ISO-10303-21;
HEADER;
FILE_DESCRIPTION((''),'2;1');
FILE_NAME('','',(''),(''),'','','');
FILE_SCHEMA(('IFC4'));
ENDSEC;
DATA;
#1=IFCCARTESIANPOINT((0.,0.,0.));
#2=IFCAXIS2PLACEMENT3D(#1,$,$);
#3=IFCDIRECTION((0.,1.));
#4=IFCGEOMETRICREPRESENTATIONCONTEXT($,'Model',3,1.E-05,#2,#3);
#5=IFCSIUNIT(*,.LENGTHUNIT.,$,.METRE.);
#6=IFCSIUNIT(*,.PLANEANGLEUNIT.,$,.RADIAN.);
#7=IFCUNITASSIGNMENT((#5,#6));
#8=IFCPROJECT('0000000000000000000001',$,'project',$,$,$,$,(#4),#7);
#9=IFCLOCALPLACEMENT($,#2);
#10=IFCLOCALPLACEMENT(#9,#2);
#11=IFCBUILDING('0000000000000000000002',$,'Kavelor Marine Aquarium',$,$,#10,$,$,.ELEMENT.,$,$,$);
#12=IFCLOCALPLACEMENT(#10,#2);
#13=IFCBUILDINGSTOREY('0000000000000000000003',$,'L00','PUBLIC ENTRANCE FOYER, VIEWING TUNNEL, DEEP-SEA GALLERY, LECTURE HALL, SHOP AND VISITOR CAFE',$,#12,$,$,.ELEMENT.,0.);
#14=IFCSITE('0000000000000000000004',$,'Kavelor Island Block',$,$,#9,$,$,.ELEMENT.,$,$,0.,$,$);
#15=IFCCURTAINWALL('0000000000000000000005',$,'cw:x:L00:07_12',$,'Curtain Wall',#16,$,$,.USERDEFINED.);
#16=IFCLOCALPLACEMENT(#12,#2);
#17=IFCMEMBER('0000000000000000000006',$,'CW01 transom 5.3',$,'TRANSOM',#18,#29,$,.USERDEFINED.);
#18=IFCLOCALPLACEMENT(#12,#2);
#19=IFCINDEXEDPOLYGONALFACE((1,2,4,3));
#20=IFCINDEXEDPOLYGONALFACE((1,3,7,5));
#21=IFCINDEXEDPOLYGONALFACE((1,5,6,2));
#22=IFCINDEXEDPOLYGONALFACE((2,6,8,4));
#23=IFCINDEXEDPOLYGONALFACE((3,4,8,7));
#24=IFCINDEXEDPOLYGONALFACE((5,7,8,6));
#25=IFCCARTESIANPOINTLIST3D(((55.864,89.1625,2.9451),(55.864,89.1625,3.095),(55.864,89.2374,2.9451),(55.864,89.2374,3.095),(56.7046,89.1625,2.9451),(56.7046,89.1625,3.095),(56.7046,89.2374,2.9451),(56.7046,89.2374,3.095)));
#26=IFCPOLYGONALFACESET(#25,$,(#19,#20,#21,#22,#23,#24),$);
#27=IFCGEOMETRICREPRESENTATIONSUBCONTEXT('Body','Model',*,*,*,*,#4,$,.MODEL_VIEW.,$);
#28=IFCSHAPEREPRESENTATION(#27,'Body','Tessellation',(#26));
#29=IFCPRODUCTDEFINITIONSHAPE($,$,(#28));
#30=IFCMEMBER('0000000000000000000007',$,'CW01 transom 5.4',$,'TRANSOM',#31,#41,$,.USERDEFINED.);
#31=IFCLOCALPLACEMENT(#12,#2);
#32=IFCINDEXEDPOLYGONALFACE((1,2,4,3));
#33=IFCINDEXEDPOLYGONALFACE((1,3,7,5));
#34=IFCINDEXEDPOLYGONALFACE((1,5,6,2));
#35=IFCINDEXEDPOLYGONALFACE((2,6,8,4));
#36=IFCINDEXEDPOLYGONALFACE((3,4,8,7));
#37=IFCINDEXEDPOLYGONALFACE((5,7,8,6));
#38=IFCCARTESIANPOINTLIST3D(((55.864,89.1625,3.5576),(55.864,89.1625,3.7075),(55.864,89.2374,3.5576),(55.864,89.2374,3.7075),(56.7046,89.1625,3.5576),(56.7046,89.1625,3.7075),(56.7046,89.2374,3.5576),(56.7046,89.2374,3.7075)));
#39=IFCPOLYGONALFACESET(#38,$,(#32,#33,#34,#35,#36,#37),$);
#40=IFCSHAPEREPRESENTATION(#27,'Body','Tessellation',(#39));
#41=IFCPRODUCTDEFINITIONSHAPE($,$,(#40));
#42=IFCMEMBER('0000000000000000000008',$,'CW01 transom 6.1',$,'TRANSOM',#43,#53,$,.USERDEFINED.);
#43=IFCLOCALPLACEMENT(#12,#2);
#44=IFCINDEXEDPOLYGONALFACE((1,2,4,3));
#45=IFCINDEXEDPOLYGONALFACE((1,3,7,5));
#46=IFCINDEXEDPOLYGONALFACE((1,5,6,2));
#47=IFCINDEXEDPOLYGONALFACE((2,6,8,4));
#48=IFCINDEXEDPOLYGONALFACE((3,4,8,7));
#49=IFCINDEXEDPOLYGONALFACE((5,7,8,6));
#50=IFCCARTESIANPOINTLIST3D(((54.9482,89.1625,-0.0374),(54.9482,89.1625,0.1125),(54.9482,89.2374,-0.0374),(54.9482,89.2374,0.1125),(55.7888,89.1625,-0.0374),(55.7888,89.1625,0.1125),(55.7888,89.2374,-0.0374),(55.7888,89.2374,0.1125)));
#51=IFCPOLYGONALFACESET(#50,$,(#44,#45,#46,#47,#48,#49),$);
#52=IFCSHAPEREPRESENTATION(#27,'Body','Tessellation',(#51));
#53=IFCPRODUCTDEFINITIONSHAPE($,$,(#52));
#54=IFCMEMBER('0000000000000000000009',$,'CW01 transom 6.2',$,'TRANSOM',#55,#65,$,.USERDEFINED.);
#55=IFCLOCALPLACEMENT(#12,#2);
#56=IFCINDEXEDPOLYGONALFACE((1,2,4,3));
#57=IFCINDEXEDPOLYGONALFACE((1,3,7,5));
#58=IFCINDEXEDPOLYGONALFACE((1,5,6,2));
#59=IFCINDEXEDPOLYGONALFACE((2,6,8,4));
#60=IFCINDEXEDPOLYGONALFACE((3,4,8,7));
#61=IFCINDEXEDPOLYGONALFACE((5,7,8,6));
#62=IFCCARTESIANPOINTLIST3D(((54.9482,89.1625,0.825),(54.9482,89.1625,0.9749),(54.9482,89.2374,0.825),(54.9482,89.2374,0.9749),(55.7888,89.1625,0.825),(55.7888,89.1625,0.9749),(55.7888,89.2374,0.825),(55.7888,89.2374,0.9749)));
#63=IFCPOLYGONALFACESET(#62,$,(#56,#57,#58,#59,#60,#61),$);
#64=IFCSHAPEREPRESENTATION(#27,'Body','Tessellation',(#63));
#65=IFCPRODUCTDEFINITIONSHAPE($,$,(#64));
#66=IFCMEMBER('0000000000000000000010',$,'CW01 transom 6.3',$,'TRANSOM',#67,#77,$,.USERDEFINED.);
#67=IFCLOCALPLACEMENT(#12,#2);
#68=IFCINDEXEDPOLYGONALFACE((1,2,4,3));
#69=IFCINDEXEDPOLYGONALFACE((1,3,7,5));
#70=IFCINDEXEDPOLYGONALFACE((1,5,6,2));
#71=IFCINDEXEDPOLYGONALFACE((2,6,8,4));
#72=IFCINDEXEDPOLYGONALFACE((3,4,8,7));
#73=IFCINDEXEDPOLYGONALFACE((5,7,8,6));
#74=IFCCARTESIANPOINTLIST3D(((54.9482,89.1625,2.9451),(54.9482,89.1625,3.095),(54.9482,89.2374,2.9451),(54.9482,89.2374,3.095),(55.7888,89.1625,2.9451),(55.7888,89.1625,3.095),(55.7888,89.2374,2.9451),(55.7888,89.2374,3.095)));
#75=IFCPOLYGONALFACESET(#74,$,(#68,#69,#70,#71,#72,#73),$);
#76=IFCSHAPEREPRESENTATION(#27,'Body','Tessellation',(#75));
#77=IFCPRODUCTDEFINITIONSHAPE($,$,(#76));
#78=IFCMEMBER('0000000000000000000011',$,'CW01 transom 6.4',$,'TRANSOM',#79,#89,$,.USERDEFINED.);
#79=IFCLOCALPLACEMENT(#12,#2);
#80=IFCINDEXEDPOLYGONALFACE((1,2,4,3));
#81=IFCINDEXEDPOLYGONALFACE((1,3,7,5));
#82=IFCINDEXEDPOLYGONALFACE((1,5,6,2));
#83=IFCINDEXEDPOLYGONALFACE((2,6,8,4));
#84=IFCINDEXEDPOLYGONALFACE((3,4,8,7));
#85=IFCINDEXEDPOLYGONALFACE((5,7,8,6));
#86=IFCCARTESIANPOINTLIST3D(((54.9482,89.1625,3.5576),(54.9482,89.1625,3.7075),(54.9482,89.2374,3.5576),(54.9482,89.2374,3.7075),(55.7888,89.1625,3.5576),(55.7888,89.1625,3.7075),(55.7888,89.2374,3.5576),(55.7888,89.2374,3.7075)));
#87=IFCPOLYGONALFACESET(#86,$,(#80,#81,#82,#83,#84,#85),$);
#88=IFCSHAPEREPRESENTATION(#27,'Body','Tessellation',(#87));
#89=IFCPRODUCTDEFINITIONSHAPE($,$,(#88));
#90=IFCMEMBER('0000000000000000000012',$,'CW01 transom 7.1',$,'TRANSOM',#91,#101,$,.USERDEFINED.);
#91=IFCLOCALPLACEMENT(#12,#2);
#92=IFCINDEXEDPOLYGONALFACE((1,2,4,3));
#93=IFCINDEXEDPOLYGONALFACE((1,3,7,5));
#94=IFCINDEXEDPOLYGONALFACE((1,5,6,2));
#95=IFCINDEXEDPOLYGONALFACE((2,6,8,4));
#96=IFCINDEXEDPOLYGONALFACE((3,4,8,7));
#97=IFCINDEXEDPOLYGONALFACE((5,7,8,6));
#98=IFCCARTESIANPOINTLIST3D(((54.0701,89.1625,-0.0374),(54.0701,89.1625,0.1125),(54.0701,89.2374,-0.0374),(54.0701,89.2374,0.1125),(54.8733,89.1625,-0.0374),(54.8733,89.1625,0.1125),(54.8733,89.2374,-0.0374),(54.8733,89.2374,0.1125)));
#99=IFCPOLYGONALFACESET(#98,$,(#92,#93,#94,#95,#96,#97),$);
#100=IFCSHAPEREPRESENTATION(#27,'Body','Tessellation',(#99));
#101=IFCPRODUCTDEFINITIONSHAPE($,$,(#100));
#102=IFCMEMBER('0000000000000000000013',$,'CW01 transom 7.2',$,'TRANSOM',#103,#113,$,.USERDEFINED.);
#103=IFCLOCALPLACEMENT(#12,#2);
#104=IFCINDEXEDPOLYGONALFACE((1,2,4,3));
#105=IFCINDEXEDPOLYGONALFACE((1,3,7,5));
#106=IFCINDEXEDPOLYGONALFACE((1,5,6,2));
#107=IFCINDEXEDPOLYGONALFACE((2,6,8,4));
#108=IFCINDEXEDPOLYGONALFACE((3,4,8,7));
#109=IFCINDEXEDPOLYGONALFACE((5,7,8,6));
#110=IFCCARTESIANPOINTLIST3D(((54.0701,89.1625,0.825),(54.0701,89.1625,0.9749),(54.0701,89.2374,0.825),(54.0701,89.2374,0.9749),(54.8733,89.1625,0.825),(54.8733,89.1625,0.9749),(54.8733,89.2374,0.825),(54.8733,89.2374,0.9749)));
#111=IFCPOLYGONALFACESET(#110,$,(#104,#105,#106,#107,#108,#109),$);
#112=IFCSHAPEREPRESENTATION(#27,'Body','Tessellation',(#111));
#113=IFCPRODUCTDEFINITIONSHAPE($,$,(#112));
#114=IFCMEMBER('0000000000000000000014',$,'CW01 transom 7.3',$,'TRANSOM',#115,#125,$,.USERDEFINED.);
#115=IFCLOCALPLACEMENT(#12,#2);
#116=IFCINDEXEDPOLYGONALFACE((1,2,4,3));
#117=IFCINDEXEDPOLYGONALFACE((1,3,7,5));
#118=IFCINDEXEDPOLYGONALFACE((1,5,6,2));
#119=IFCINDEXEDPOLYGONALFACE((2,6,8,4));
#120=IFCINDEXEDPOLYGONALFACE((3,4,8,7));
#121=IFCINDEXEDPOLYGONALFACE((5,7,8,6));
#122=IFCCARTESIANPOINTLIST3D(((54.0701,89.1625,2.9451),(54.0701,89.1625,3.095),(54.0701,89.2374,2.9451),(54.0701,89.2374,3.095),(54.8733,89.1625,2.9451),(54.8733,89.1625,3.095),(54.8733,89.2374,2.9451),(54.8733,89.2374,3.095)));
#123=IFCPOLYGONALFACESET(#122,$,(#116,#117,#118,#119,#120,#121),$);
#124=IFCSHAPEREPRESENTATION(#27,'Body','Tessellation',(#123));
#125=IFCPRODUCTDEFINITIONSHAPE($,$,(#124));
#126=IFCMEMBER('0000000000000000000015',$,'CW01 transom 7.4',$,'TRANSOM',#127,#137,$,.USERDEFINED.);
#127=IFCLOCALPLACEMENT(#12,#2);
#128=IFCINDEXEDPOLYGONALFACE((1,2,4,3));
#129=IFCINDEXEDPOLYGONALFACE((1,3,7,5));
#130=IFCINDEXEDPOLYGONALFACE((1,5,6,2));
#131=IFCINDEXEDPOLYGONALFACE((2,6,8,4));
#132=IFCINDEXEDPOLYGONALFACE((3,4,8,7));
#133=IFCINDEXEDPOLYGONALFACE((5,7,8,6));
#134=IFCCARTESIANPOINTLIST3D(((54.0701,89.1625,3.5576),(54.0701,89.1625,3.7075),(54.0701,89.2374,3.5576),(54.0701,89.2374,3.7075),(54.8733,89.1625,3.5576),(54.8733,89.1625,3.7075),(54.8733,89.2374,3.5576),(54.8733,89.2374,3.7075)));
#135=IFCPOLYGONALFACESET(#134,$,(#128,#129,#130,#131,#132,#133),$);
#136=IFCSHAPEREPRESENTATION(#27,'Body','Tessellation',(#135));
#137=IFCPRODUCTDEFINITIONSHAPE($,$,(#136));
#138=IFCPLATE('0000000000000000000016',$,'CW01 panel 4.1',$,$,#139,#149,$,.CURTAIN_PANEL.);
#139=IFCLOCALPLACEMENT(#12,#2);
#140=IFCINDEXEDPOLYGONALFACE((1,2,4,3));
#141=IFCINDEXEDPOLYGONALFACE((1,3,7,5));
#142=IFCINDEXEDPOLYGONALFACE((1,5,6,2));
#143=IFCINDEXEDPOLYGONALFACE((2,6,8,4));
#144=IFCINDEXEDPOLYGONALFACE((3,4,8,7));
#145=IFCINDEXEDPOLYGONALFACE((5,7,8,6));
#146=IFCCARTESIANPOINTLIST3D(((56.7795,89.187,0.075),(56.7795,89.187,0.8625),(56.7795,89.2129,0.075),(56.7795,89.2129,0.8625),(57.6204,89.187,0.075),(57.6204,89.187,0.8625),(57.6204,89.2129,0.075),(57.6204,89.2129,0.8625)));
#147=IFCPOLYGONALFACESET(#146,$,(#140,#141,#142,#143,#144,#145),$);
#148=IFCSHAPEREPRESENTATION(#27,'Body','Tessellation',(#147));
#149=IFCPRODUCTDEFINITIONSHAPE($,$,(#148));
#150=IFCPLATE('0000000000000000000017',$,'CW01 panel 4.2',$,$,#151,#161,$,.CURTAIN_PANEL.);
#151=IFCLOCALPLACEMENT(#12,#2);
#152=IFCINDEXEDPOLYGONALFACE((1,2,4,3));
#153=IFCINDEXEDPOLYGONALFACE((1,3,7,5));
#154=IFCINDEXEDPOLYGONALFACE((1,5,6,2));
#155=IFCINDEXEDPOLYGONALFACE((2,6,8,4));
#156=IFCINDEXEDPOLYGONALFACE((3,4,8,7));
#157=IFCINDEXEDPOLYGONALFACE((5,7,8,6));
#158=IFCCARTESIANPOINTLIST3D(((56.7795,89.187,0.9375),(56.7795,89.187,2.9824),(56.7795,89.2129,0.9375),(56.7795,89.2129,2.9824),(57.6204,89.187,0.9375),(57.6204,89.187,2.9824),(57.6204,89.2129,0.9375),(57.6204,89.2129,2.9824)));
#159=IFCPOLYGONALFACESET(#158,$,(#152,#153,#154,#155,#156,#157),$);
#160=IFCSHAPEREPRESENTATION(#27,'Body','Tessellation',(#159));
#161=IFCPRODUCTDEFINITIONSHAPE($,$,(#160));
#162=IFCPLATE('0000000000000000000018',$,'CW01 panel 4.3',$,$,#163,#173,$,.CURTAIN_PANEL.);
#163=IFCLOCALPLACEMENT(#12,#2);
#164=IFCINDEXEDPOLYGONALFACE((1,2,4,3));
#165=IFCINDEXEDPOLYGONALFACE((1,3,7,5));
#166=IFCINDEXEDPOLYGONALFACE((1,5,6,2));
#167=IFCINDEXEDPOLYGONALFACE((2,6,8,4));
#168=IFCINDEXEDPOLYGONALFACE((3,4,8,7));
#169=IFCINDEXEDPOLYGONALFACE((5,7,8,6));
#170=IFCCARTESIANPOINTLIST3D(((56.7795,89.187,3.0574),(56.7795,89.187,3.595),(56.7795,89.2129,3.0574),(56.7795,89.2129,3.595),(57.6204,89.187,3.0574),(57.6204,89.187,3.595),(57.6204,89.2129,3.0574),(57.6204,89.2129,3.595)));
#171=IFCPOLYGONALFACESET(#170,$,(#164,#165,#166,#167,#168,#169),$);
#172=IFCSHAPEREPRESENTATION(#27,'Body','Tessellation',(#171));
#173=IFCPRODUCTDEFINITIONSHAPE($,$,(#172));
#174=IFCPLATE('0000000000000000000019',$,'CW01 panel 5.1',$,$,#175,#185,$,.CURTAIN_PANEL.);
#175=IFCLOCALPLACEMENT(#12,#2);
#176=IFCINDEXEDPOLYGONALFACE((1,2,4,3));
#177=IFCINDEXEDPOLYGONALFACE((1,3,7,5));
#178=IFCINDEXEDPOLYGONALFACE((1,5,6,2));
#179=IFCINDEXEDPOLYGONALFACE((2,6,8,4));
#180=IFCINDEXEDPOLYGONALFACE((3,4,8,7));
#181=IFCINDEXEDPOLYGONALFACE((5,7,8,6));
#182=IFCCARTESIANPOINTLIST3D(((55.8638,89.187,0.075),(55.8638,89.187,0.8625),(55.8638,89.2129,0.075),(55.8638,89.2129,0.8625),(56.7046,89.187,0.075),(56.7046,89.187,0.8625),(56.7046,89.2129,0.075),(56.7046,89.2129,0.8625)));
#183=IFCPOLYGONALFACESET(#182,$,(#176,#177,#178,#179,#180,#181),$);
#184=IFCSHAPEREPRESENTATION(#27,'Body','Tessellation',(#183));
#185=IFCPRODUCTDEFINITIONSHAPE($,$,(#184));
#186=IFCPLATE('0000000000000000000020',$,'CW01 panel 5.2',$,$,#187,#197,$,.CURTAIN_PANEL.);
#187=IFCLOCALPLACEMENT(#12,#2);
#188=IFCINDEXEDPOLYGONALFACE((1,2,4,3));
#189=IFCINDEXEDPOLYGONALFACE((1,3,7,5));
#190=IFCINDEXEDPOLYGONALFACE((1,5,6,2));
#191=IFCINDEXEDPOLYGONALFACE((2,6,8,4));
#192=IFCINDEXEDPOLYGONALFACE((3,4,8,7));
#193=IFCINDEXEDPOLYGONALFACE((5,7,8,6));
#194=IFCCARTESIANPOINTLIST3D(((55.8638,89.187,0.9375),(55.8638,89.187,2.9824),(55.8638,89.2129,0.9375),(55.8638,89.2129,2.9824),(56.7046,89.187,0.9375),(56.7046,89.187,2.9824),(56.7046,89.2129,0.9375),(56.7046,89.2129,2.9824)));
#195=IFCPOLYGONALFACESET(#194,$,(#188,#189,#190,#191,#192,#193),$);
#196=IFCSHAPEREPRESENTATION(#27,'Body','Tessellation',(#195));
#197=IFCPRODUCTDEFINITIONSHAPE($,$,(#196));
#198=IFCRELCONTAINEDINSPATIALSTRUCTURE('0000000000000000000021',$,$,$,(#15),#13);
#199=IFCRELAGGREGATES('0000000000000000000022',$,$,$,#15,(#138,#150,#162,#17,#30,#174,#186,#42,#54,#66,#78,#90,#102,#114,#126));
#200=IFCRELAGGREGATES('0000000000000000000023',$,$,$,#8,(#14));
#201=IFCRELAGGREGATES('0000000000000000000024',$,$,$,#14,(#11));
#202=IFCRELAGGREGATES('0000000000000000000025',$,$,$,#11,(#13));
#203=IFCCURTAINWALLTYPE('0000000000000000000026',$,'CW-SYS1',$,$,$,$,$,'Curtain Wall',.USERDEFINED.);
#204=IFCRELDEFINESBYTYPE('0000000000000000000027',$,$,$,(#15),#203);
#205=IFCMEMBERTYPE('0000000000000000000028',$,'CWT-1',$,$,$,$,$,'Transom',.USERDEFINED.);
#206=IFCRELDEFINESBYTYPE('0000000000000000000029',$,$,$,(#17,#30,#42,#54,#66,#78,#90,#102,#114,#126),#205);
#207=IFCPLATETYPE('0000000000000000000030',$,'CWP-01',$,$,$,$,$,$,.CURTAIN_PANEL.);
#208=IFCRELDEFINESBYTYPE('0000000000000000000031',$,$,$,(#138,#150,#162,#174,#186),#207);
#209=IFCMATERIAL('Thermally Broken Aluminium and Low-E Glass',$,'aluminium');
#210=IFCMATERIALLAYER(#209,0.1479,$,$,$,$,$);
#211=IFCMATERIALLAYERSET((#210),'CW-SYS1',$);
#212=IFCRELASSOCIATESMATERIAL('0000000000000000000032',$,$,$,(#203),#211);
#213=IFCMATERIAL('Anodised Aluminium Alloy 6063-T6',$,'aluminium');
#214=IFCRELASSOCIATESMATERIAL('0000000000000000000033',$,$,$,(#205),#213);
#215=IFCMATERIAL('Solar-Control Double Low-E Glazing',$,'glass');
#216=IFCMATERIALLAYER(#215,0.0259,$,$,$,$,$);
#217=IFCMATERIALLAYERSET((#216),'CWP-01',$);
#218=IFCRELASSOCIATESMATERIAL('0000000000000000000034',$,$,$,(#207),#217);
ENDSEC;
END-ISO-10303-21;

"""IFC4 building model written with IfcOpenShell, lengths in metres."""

from ifc_helpers import new_model, si_unit, direction, frame, origin, origin_2d, place, context, subcontext, project, spatial, rectangle, extrude, material, layer, layer_set, material_profile, profile_set, type_object, element, aggregate, save


model = new_model("IFC4")

# Units and contexts
model_context = context("Model", 3, precision=1e-05, world=origin(), true_north=direction((0.0, 1.0)))
body_context = subcontext(model_context, "Body", "Model", "MODEL_VIEW")
ifc_project = project(units=[si_unit("LENGTHUNIT", "METRE"), si_unit("PLANEANGLEUNIT", "RADIAN")], contexts=[model_context])

# Site, building, storey
site_placement = place(None, origin())
site = spatial("IfcSite", under=ifc_project, at=site_placement, Name="Kavelor Island Block", CompositionType="ELEMENT", RefElevation=0.0)
building_placement = place(site_placement, origin())
building = spatial("IfcBuilding", under=site, at=building_placement, Name="Kavelor Marine Aquarium", CompositionType="ELEMENT")
storey_placement = place(building_placement, origin())
storey = spatial("IfcBuildingStorey", under=building, at=storey_placement, Name="L00", Description="PUBLIC ENTRANCE FOYER, VIEWING TUNNEL, DEEP-SEA GALLERY, LECTURE HALL, SHOP AND VISITOR CAFE", CompositionType="ELEMENT", Elevation=0.0)

# Curtain wall, members, plates
ifc_material_1 = material(Name="Thermally Broken Aluminium and Low-E Glass", Category="aluminium")
ifc_layer_1 = layer(ifc_material_1, 0.1479)
ifc_layer_set_1 = layer_set([ifc_layer_1], Name="CW-SYS1")
curtain_wall_type = type_object("IfcCurtainWallType", Name="CW-SYS1", ElementType="Curtain Wall", PredefinedType="USERDEFINED", material=ifc_layer_set_1)
curtain_wall_placement = place(storey_placement, origin())
curtain_wall = element("IfcCurtainWall", 1, at=curtain_wall_placement, inside=storey, type_object=curtain_wall_type, Name="cw:x:L00:07_12", ObjectType="Curtain Wall", PredefinedType="USERDEFINED")
ifc_material_2 = material(Name="Anodised Aluminium Alloy 6063-T6", Category="aluminium")
ifc_material_profile_1 = material_profile(ifc_material_2, rectangle(XDim=0.075, YDim=0.1499, at=origin_2d()), Name="CW-TRN 75x150")
ifc_profile_set_1 = profile_set([ifc_material_profile_1], Name="Anodised Aluminium Alloy 6063-T6")
member_type_1 = type_object("IfcMemberType", Name="CWT-1", ElementType="Transom", PredefinedType="USERDEFINED", material=ifc_profile_set_1)
member_1_placement = place(storey_placement, frame((56.7046, 89.2, 3.02), z_axis=(-1.0, 0.0, 0.0), x_axis=(0.0, -1.0, 0.0)))
member_1 = element("IfcMember", 2, at=member_1_placement, type_object=member_type_1, Name="CW01 transom 5.3", ObjectType="TRANSOM", PredefinedType="USERDEFINED", context=body_context, shape_type="SweptSolid", body=[
    extrude(rectangle(XDim=0.075, YDim=0.1499, at=origin_2d()), origin(), (0.0, 0.0, 1.0), 0.8406),
])
member_2_placement = place(storey_placement, frame((56.7046, 89.2, 3.6326), z_axis=(-1.0, 0.0, 0.0), x_axis=(0.0, -1.0, 0.0)))
member_2 = element("IfcMember", 3, at=member_2_placement, type_object=member_type_1, Name="CW01 transom 5.4", ObjectType="TRANSOM", PredefinedType="USERDEFINED", context=body_context, shape_type="SweptSolid", body=[
    extrude(rectangle(XDim=0.075, YDim=0.1499, at=origin_2d()), origin(), (0.0, 0.0, 1.0), 0.8406),
])
member_3_placement = place(storey_placement, frame((55.7888, 89.2, 0.0376), z_axis=(-1.0, 0.0, 0.0), x_axis=(0.0, -1.0, 0.0)))
member_3 = element("IfcMember", 4, at=member_3_placement, type_object=member_type_1, Name="CW01 transom 6.1", ObjectType="TRANSOM", PredefinedType="USERDEFINED", context=body_context, shape_type="SweptSolid", body=[
    extrude(rectangle(XDim=0.075, YDim=0.1499, at=origin_2d()), origin(), (0.0, 0.0, 1.0), 0.8406),
])
member_4_placement = place(storey_placement, frame((55.7888, 89.2, 0.8999), z_axis=(-1.0, 0.0, 0.0), x_axis=(0.0, -1.0, 0.0)))
member_4 = element("IfcMember", 5, at=member_4_placement, type_object=member_type_1, Name="CW01 transom 6.2", ObjectType="TRANSOM", PredefinedType="USERDEFINED", context=body_context, shape_type="SweptSolid", body=[
    extrude(rectangle(XDim=0.075, YDim=0.1499, at=origin_2d()), origin(), (0.0, 0.0, 1.0), 0.8406),
])
member_5_placement = place(storey_placement, frame((55.7888, 89.2, 3.02), z_axis=(-1.0, 0.0, 0.0), x_axis=(0.0, -1.0, 0.0)))
member_5 = element("IfcMember", 6, at=member_5_placement, type_object=member_type_1, Name="CW01 transom 6.3", ObjectType="TRANSOM", PredefinedType="USERDEFINED", context=body_context, shape_type="SweptSolid", body=[
    extrude(rectangle(XDim=0.075, YDim=0.1499, at=origin_2d()), origin(), (0.0, 0.0, 1.0), 0.8406),
])
member_6_placement = place(storey_placement, frame((55.7888, 89.2, 3.6326), z_axis=(-1.0, 0.0, 0.0), x_axis=(0.0, -1.0, 0.0)))
member_6 = element("IfcMember", 7, at=member_6_placement, type_object=member_type_1, Name="CW01 transom 6.4", ObjectType="TRANSOM", PredefinedType="USERDEFINED", context=body_context, shape_type="SweptSolid", body=[
    extrude(rectangle(XDim=0.075, YDim=0.1499, at=origin_2d()), origin(), (0.0, 0.0, 1.0), 0.8406),
])
member_7_placement = place(storey_placement, frame((54.8733, 89.2, 0.0376), z_axis=(-1.0, 0.0, 0.0), x_axis=(0.0, -1.0, 0.0)))
member_7 = element("IfcMember", 8, at=member_7_placement, type_object=member_type_1, Name="CW01 transom 7.1", ObjectType="TRANSOM", PredefinedType="USERDEFINED", context=body_context, shape_type="SweptSolid", body=[
    extrude(rectangle(XDim=0.075, YDim=0.1499, at=origin_2d()), origin(), (0.0, 0.0, 1.0), 0.8032),
])
member_8_placement = place(storey_placement, frame((54.8733, 89.2, 0.8999), z_axis=(-1.0, 0.0, 0.0), x_axis=(0.0, -1.0, 0.0)))
member_8 = element("IfcMember", 9, at=member_8_placement, type_object=member_type_1, Name="CW01 transom 7.2", ObjectType="TRANSOM", PredefinedType="USERDEFINED", context=body_context, shape_type="SweptSolid", body=[
    extrude(rectangle(XDim=0.075, YDim=0.1499, at=origin_2d()), origin(), (0.0, 0.0, 1.0), 0.8032),
])
member_9_placement = place(storey_placement, frame((54.8733, 89.2, 3.02), z_axis=(-1.0, 0.0, 0.0), x_axis=(0.0, -1.0, 0.0)))
member_9 = element("IfcMember", 10, at=member_9_placement, type_object=member_type_1, Name="CW01 transom 7.3", ObjectType="TRANSOM", PredefinedType="USERDEFINED", context=body_context, shape_type="SweptSolid", body=[
    extrude(rectangle(XDim=0.075, YDim=0.1499, at=origin_2d()), origin(), (0.0, 0.0, 1.0), 0.8032),
])
member_10_placement = place(storey_placement, frame((54.8733, 89.2, 3.6326), z_axis=(-1.0, 0.0, 0.0), x_axis=(0.0, -1.0, 0.0)))
member_10 = element("IfcMember", 11, at=member_10_placement, type_object=member_type_1, Name="CW01 transom 7.4", ObjectType="TRANSOM", PredefinedType="USERDEFINED", context=body_context, shape_type="SweptSolid", body=[
    extrude(rectangle(XDim=0.075, YDim=0.1499, at=origin_2d()), origin(), (0.0, 0.0, 1.0), 0.8032),
])
ifc_material_3 = material(Name="Solar-Control Double Low-E Glazing", Category="glass")
ifc_layer_2 = layer(ifc_material_3, 0.0259)
ifc_layer_set_2 = layer_set([ifc_layer_2], Name="CWP-01")
plate_type = type_object("IfcPlateType", Name="CWP-01", PredefinedType="CURTAIN_PANEL", material=ifc_layer_set_2)
plate_1_placement = place(storey_placement, frame((57.2, 89.2, 0.075), z_axis=(0.0, 0.0, 1.0), x_axis=(-1.0, 0.0, 0.0)))
plate_1 = element("IfcPlate", 12, at=plate_1_placement, type_object=plate_type, Name="CW01 panel 4.1", PredefinedType="CURTAIN_PANEL", context=body_context, shape_type="SweptSolid", body=[
    extrude(rectangle(XDim=0.8408, YDim=0.0259, at=origin_2d()), origin(), (0.0, 0.0, 1.0), 0.7876),
])
plate_2_placement = place(storey_placement, frame((57.2, 89.2, 0.9375), z_axis=(0.0, 0.0, 1.0), x_axis=(-1.0, 0.0, 0.0)))
plate_2 = element("IfcPlate", 13, at=plate_2_placement, type_object=plate_type, Name="CW01 panel 4.2", PredefinedType="CURTAIN_PANEL", context=body_context, shape_type="SweptSolid", body=[
    extrude(rectangle(XDim=0.8408, YDim=0.0259, at=origin_2d()), origin(), (0.0, 0.0, 1.0), 2.0449),
])
plate_3_placement = place(storey_placement, frame((57.2, 89.2, 3.0574), z_axis=(0.0, 0.0, 1.0), x_axis=(-1.0, 0.0, 0.0)))
plate_3 = element("IfcPlate", 14, at=plate_3_placement, type_object=plate_type, Name="CW01 panel 4.3", PredefinedType="CURTAIN_PANEL", context=body_context, shape_type="SweptSolid", body=[
    extrude(rectangle(XDim=0.8408, YDim=0.0259, at=origin_2d()), origin(), (0.0, 0.0, 1.0), 0.5376),
])
plate_4_placement = place(storey_placement, frame((56.2842, 89.2, 0.075), z_axis=(0.0, 0.0, 1.0), x_axis=(-1.0, 0.0, 0.0)))
plate_4 = element("IfcPlate", 15, at=plate_4_placement, type_object=plate_type, Name="CW01 panel 5.1", PredefinedType="CURTAIN_PANEL", context=body_context, shape_type="SweptSolid", body=[
    extrude(rectangle(XDim=0.8408, YDim=0.0259, at=origin_2d()), origin(), (0.0, 0.0, 1.0), 0.7876),
])
plate_5_placement = place(storey_placement, frame((56.2842, 89.2, 0.9375), z_axis=(0.0, 0.0, 1.0), x_axis=(-1.0, 0.0, 0.0)))
plate_5 = element("IfcPlate", 16, at=plate_5_placement, type_object=plate_type, Name="CW01 panel 5.2", PredefinedType="CURTAIN_PANEL", context=body_context, shape_type="SweptSolid", body=[
    extrude(rectangle(XDim=0.8408, YDim=0.0259, at=origin_2d()), origin(), (0.0, 0.0, 1.0), 2.0449),
])
aggregate(curtain_wall, [plate_1, plate_2, plate_3, member_1, member_2, plate_4, plate_5, member_3, member_4, member_5, member_6, member_7, member_8, member_9, member_10])

save(model, "model.ifc")
